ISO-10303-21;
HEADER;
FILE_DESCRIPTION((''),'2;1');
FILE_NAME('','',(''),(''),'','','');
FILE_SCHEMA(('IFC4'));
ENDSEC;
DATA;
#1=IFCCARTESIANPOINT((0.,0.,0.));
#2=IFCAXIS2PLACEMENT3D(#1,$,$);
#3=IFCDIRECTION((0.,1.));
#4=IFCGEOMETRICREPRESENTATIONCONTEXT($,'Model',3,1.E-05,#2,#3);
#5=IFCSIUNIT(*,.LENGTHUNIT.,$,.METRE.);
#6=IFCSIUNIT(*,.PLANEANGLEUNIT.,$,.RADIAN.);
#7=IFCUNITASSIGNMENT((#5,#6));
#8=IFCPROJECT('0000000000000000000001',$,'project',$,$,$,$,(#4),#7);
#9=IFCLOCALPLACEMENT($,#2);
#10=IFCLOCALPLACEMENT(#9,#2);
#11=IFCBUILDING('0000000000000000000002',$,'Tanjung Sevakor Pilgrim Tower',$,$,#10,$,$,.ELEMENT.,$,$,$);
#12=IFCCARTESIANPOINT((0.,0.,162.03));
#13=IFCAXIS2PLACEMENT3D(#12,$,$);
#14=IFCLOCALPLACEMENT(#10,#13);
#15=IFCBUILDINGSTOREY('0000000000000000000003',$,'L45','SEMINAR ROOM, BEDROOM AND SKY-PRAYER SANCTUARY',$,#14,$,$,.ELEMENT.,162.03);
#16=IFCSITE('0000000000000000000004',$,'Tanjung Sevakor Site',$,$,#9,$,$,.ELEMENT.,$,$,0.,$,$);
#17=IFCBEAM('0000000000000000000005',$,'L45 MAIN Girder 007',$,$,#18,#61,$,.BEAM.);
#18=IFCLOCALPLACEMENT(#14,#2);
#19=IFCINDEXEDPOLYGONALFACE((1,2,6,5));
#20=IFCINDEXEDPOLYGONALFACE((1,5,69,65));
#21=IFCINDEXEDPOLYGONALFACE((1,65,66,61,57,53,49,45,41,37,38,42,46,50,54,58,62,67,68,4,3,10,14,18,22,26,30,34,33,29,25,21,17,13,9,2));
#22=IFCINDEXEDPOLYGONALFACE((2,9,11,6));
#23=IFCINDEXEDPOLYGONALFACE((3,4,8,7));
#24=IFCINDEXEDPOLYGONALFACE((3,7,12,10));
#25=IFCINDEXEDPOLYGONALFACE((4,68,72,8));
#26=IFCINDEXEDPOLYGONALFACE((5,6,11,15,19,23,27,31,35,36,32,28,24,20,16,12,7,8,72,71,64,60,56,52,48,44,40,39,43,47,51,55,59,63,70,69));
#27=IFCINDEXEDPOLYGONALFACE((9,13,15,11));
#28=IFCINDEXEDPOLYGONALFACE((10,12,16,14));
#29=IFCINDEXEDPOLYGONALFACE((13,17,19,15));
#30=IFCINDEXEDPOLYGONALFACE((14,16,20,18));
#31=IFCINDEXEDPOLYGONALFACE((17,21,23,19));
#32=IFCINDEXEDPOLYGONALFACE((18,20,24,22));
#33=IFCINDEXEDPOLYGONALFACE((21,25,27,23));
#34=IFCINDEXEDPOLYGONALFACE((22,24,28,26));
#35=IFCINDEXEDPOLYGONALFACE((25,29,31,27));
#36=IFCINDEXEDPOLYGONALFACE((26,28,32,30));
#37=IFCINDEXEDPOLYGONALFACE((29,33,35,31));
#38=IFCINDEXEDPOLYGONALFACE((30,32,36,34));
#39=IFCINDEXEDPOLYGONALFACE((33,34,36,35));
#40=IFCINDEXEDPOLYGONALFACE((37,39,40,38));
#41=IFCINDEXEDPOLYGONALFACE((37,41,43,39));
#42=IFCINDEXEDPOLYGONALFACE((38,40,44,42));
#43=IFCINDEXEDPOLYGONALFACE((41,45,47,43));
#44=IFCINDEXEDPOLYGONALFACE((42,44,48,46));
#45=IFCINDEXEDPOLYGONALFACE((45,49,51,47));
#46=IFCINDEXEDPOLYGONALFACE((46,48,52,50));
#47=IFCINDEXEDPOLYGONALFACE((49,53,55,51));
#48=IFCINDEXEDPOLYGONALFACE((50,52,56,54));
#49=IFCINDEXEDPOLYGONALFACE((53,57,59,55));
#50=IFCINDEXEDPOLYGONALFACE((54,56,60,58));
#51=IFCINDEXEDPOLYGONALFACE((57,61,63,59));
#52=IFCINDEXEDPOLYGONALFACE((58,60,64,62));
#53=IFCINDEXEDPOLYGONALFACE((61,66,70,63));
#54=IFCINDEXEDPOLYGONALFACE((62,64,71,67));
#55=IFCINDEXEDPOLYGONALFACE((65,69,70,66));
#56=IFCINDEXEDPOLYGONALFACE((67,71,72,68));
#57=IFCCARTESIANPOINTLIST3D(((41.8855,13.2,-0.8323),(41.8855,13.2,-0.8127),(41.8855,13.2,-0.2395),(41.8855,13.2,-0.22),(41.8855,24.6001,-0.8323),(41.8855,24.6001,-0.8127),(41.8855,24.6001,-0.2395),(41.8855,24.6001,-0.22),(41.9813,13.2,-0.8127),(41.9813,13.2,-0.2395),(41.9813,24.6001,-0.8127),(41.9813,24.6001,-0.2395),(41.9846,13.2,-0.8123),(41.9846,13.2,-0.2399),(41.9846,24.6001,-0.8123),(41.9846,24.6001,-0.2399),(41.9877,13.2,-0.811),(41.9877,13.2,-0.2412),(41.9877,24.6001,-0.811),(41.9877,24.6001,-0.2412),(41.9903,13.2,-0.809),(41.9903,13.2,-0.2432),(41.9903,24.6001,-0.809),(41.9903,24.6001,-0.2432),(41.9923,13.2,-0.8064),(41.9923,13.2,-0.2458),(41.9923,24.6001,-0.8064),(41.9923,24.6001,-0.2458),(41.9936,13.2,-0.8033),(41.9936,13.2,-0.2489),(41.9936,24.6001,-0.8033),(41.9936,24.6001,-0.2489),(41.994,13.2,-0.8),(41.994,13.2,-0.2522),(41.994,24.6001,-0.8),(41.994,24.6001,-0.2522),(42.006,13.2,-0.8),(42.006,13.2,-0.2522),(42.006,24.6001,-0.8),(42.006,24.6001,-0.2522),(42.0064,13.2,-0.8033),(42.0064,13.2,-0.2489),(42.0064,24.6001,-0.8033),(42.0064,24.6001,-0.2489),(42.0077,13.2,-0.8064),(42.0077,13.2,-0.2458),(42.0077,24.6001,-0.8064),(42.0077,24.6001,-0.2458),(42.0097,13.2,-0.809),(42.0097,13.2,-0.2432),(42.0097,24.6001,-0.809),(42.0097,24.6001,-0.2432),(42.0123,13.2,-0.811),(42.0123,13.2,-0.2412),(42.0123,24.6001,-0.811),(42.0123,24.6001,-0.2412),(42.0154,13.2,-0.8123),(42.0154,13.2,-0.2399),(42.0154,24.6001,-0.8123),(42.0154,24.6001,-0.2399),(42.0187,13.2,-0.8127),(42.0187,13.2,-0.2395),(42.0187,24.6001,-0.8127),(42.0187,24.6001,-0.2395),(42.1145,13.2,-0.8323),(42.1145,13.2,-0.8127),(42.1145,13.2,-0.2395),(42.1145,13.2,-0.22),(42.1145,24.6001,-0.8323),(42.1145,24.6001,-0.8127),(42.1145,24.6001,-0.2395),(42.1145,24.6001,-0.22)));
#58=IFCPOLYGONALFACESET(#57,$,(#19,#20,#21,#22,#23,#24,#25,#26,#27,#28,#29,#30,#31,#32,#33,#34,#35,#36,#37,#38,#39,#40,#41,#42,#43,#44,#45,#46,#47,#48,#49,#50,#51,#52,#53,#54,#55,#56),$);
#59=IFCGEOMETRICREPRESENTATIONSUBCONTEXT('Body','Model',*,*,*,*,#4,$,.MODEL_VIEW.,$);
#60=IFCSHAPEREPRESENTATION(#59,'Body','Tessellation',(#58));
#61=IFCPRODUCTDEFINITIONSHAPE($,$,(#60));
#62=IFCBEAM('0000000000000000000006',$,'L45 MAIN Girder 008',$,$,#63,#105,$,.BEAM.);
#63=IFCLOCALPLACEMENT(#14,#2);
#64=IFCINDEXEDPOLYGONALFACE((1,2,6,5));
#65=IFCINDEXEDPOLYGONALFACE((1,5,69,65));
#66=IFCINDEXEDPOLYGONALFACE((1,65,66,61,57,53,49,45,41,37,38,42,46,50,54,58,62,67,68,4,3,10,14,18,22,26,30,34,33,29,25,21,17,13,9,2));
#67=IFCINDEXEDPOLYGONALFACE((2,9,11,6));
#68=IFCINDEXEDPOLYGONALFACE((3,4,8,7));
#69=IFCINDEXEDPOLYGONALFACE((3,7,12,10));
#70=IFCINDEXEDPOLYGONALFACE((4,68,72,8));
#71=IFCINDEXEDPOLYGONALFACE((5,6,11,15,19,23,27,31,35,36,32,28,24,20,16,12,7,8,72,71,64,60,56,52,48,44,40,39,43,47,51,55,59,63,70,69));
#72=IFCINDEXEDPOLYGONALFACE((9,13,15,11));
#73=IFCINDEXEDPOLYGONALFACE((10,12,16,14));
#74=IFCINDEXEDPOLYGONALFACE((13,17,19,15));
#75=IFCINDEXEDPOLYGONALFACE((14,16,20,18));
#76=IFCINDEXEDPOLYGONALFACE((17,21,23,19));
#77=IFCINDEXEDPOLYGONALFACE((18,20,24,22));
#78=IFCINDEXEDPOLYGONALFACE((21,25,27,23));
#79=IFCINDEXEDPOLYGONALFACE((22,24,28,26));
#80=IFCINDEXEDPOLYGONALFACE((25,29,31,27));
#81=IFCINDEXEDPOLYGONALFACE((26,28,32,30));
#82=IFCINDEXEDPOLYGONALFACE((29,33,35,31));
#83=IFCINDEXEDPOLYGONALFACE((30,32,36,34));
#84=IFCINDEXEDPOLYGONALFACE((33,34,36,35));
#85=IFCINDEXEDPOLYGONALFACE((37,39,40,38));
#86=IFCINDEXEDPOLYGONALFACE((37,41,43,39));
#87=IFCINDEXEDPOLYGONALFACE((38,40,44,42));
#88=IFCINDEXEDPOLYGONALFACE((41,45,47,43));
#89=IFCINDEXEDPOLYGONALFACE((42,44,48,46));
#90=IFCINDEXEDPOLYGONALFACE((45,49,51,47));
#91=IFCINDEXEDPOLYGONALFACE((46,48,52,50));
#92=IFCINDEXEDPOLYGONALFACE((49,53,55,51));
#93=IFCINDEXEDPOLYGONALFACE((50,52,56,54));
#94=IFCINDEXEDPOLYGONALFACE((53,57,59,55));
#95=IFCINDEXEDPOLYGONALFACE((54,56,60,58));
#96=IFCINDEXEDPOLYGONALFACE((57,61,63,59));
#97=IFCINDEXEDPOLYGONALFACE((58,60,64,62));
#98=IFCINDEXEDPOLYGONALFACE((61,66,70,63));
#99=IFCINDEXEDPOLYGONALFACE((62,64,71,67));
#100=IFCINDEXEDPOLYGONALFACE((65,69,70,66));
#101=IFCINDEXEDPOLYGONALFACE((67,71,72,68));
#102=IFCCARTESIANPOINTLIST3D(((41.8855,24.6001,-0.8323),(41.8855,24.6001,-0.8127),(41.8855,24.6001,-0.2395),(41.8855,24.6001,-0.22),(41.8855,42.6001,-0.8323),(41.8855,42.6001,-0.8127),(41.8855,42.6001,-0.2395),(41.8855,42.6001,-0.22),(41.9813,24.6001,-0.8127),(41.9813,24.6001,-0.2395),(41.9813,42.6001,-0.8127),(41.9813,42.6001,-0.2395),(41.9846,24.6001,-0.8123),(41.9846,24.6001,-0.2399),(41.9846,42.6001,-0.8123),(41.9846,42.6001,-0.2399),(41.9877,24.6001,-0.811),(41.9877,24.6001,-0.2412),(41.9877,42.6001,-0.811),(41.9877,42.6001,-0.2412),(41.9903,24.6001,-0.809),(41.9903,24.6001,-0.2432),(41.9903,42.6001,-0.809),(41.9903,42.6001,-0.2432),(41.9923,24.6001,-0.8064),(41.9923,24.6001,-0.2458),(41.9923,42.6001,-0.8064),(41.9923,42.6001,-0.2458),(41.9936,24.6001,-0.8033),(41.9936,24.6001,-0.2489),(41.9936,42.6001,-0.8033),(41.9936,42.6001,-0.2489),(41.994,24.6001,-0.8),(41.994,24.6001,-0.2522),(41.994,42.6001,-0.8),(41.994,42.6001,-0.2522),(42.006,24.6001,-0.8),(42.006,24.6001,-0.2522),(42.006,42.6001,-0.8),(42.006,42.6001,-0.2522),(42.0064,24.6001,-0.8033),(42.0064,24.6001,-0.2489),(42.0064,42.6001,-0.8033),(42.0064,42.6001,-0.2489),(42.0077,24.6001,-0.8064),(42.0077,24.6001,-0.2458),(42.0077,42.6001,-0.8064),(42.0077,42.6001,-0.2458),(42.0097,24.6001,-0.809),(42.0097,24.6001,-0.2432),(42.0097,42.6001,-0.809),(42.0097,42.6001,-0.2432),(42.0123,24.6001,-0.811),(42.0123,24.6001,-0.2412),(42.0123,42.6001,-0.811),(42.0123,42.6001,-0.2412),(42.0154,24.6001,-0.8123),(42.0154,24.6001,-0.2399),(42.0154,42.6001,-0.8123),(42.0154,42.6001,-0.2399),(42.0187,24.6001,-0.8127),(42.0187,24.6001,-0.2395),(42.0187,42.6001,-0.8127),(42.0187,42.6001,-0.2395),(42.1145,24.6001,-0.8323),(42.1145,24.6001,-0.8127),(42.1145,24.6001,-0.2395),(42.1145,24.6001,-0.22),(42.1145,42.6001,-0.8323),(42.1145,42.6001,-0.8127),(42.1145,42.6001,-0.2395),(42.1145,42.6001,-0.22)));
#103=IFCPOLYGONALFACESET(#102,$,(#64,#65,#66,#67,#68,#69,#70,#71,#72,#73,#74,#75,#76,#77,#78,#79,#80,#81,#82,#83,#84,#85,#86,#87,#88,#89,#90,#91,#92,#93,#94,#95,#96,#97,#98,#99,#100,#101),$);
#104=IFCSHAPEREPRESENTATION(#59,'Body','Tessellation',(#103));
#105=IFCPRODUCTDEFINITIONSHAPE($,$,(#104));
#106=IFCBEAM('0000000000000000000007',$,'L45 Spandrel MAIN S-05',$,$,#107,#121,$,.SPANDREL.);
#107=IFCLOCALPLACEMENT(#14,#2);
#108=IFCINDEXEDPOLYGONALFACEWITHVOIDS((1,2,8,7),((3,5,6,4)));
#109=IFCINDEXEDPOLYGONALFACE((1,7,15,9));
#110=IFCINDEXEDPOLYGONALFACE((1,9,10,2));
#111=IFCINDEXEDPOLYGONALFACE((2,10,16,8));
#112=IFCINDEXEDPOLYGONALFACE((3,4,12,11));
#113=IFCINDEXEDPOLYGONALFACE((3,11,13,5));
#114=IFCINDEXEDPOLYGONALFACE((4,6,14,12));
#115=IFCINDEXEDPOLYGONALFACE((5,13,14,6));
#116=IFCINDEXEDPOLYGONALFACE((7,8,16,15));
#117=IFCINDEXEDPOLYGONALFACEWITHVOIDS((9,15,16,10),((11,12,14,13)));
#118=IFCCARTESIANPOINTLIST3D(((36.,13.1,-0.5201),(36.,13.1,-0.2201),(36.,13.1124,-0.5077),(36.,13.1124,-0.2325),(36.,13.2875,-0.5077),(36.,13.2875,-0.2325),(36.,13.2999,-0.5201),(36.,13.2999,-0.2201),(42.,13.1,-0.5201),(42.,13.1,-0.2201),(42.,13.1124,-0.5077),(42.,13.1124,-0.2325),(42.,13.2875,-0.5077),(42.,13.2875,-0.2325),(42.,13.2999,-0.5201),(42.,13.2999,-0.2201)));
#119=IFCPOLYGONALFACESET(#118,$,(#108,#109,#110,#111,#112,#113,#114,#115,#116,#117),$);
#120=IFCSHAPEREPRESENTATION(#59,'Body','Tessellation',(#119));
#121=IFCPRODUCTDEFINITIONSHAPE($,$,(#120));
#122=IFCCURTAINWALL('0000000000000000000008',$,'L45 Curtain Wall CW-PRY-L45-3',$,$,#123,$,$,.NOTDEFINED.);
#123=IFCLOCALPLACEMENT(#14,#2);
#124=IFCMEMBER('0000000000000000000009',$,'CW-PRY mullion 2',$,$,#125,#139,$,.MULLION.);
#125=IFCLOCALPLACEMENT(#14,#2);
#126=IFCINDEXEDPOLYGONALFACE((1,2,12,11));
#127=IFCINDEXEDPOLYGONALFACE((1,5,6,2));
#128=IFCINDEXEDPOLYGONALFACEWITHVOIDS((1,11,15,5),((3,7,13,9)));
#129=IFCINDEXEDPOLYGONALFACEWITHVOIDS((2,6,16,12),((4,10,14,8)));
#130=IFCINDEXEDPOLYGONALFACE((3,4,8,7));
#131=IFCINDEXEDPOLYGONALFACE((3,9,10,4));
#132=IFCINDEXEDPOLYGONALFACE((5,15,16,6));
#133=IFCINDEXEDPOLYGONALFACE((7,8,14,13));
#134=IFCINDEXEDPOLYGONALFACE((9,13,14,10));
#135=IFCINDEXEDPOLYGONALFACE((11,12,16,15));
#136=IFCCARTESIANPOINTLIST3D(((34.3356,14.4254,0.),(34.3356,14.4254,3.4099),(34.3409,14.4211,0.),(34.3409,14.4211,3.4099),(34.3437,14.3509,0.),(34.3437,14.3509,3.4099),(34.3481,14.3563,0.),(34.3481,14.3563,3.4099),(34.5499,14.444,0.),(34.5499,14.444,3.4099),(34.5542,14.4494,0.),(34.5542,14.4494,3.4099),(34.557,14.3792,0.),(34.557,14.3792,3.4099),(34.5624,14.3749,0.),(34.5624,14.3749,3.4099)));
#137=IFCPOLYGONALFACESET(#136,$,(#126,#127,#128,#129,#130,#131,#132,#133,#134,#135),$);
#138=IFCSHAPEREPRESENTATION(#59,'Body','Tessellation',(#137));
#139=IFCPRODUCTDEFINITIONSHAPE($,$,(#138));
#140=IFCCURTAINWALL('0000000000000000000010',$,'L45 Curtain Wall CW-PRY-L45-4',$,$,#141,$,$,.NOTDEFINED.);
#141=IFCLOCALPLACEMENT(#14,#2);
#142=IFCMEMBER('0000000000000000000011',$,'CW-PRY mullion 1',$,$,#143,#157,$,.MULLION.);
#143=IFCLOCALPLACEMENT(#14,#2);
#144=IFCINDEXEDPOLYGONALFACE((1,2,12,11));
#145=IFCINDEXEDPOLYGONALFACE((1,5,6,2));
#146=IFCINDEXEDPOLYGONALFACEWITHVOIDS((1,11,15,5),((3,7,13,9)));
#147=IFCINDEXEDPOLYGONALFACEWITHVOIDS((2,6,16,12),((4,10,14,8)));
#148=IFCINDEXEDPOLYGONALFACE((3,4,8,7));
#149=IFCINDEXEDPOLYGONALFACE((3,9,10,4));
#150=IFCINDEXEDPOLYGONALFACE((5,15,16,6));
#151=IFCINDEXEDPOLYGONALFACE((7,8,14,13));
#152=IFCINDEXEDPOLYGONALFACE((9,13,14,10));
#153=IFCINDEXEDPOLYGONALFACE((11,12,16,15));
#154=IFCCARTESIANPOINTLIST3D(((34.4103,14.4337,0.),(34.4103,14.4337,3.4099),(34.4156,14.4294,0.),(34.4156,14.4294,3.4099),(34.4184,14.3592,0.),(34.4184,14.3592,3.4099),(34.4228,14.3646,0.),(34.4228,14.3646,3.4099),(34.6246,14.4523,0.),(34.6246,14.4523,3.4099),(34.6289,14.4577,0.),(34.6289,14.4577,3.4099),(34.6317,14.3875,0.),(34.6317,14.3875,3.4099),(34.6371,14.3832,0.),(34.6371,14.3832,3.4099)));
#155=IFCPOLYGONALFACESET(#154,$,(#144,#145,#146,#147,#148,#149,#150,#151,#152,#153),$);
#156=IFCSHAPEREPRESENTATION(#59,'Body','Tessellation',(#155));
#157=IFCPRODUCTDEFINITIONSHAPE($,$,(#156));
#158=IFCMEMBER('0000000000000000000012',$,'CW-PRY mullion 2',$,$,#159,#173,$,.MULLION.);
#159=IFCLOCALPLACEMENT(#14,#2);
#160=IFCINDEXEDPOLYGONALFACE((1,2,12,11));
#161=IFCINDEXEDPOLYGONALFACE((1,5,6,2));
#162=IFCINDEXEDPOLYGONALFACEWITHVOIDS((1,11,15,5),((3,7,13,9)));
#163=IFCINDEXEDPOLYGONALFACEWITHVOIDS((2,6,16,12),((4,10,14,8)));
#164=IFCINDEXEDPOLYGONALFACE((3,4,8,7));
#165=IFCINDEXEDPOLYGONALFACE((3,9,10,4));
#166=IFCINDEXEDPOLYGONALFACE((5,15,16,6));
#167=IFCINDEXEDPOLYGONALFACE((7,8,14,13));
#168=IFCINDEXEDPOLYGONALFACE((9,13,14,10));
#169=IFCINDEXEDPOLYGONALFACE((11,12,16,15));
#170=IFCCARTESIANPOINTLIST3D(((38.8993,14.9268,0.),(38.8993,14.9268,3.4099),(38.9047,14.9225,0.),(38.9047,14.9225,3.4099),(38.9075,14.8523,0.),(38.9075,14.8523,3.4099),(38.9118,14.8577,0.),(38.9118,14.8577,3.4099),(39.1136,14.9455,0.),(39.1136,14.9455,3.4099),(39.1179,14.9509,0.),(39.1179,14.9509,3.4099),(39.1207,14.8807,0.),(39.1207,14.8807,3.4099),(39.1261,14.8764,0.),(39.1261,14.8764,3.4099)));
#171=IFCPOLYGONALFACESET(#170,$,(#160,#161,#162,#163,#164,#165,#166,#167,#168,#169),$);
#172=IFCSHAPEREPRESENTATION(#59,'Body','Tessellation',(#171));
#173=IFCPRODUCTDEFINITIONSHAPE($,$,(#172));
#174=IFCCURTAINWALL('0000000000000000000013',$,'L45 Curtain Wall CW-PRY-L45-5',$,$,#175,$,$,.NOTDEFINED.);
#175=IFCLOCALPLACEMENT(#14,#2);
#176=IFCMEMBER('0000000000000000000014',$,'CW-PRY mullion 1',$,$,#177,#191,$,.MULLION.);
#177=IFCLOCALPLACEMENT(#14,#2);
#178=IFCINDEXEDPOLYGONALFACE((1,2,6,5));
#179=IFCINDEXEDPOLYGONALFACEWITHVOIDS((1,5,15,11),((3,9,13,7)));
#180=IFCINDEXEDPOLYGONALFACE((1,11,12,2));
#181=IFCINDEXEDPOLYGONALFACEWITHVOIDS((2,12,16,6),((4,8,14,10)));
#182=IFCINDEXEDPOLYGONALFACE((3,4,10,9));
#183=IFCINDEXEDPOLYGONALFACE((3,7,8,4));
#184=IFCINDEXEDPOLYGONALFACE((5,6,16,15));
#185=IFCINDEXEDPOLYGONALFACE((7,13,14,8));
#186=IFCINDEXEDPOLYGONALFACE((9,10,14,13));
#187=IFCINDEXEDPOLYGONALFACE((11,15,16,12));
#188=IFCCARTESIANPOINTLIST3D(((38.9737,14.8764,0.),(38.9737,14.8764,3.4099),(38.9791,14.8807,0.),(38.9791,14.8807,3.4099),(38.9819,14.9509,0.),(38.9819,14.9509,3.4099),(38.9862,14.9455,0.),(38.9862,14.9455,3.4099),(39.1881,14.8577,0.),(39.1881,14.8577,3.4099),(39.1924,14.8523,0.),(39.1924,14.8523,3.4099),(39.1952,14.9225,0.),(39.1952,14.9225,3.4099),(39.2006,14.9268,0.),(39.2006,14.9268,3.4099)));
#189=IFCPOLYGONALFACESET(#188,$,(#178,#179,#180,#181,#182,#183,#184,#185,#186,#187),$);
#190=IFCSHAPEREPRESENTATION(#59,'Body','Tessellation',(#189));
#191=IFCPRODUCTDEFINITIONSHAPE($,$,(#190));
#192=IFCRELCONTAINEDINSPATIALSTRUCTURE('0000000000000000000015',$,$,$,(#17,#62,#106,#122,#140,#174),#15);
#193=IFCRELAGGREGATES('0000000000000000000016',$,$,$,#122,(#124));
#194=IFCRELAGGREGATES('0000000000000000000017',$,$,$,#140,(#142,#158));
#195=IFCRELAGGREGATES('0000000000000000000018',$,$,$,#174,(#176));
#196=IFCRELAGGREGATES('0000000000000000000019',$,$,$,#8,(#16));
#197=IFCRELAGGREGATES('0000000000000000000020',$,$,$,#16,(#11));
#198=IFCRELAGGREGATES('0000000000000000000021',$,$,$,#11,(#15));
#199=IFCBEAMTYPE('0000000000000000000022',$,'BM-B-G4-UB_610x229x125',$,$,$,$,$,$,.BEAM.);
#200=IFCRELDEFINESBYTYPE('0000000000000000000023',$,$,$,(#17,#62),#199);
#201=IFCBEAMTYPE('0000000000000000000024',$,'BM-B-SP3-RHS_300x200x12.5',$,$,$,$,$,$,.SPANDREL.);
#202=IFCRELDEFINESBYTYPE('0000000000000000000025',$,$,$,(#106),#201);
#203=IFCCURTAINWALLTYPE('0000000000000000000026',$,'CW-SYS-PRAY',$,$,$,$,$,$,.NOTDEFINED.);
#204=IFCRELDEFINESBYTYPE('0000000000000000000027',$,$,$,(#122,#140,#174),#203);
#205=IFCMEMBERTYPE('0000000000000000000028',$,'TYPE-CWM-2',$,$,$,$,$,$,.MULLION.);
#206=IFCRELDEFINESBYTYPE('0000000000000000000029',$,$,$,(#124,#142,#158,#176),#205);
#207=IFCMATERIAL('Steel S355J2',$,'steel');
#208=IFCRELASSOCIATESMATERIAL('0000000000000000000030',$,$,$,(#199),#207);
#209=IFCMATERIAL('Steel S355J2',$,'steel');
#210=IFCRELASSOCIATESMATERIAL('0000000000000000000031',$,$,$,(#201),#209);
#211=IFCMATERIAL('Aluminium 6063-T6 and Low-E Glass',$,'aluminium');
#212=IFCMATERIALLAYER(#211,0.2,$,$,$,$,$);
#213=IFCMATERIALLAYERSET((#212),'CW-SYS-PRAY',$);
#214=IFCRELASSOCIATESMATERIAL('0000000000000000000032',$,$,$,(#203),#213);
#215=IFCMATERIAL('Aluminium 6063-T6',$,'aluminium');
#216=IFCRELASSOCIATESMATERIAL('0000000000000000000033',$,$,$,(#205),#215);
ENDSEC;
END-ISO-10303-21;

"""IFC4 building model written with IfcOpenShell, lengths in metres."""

from ifc_helpers import new_model, si_unit, direction, frame, origin, origin_2d, place, context, subcontext, project, spatial, hollow_rectangle, i_section, extrude, material, layer, layer_set, material_profile, profile_set, type_object, element, aggregate, save


model = new_model("IFC4")

# Units and contexts
model_context = context("Model", 3, precision=1e-05, world=origin(), true_north=direction((0.0, 1.0)))
body_context = subcontext(model_context, "Body", "Model", "MODEL_VIEW")
ifc_project = project(units=[si_unit("LENGTHUNIT", "METRE"), si_unit("PLANEANGLEUNIT", "RADIAN")], contexts=[model_context])

# Site, building, storey
site_placement = place(None, origin())
site = spatial("IfcSite", under=ifc_project, at=site_placement, Name="Tanjung Sevakor Site", CompositionType="ELEMENT", RefElevation=0.0)
building_placement = place(site_placement, origin())
building = spatial("IfcBuilding", under=site, at=building_placement, Name="Tanjung Sevakor Pilgrim Tower", CompositionType="ELEMENT")
storey_placement = place(building_placement, frame((0.0, 0.0, 162.03)))
storey = spatial("IfcBuildingStorey", under=building, at=storey_placement, Name="L45", Description="SEMINAR ROOM, BEDROOM AND SKY-PRAYER SANCTUARY", CompositionType="ELEMENT", Elevation=162.03)

# Beams
ifc_material_1 = material(Name="Steel S355J2", Category="steel")
ifc_material_profile_1 = material_profile(ifc_material_1, i_section(OverallWidth=0.229, OverallDepth=0.6123, WebThickness=0.012, FlangeThickness=0.0195, FilletRadius=0.0127, at=origin_2d()))
ifc_profile_set_1 = profile_set([ifc_material_profile_1], Name="Steel S355J2")
beam_type_1 = type_object("IfcBeamType", Name="BM-B-G4-UB_610x229x125", PredefinedType="BEAM", material=ifc_profile_set_1)
beam_1_placement = place(storey_placement, frame((42.0, 13.2, -0.5261), z_axis=(0.0, 1.0, 0.0), x_axis=(-1.0, 0.0, 0.0)))
element("IfcBeam", 1, at=beam_1_placement, inside=storey, type_object=beam_type_1, Name="L45 MAIN Girder 007", PredefinedType="BEAM", context=body_context, shape_type="SweptSolid", body=[
    extrude(i_section(OverallWidth=0.229, OverallDepth=0.6123, WebThickness=0.012, FlangeThickness=0.0195, FilletRadius=0.0127, at=origin_2d()), origin(), (0.0, 0.0, 1.0), 11.4001),
])
beam_2_placement = place(storey_placement, frame((42.0, 24.6001, -0.5261), z_axis=(0.0, 1.0, 0.0), x_axis=(-1.0, 0.0, 0.0)))
element("IfcBeam", 2, at=beam_2_placement, inside=storey, type_object=beam_type_1, Name="L45 MAIN Girder 008", PredefinedType="BEAM", context=body_context, shape_type="SweptSolid", body=[
    extrude(i_section(OverallWidth=0.229, OverallDepth=0.6123, WebThickness=0.012, FlangeThickness=0.0195, FilletRadius=0.0127, at=origin_2d()), origin(), (0.0, 0.0, 1.0), 18.0),
])
ifc_material_2 = material(Name="Steel S355J2", Category="steel")
ifc_material_profile_2 = material_profile(ifc_material_2, hollow_rectangle(XDim=0.2, YDim=0.3, WallThickness=0.0125, at=origin_2d()))
ifc_profile_set_2 = profile_set([ifc_material_profile_2], Name="Steel S355J2")
beam_type_2 = type_object("IfcBeamType", Name="BM-B-SP3-RHS_300x200x12.5", PredefinedType="SPANDREL", material=ifc_profile_set_2)
beam_3_placement = place(storey_placement, frame((36.0, 13.2, -0.3701), z_axis=(1.0, 0.0, 0.0), x_axis=(0.0, 1.0, 0.0)))
element("IfcBeam", 3, at=beam_3_placement, inside=storey, type_object=beam_type_2, Name="L45 Spandrel MAIN S-05", PredefinedType="SPANDREL", context=body_context, shape_type="SweptSolid", body=[
    extrude(hollow_rectangle(XDim=0.2, YDim=0.3, WallThickness=0.0125, at=origin_2d()), origin(), (0.0, 0.0, 1.0), 6.0),
])

# Curtain wall, member
ifc_material_3 = material(Name="Aluminium 6063-T6 and Low-E Glass", Category="aluminium")
ifc_layer_1 = layer(ifc_material_3, 0.2)
ifc_layer_set_1 = layer_set([ifc_layer_1], Name="CW-SYS-PRAY")
curtain_wall_type = type_object("IfcCurtainWallType", Name="CW-SYS-PRAY", PredefinedType="NOTDEFINED", material=ifc_layer_set_1)
curtain_wall_1_placement = place(storey_placement, origin())
curtain_wall_1 = element("IfcCurtainWall", 4, at=curtain_wall_1_placement, inside=storey, type_object=curtain_wall_type, Name="L45 Curtain Wall CW-PRY-L45-3", PredefinedType="NOTDEFINED")
ifc_material_4 = material(Name="Aluminium 6063-T6", Category="aluminium")
ifc_material_profile_3 = material_profile(ifc_material_4, hollow_rectangle(XDim=0.075, YDim=0.22, WallThickness=0.0049, at=origin_2d()))
ifc_profile_set_3 = profile_set([ifc_material_profile_3], Name="Aluminium 6063-T6")
member_type_1 = type_object("IfcMemberType", Name="TYPE-CWM-2", PredefinedType="MULLION", material=ifc_profile_set_3)
member_1_placement = place(storey_placement, frame((34.449, 14.4001, 0.0), z_axis=(0.0, 0.0, 1.0), x_axis=(-0.109234, 0.994016, 0.0)))
member_1 = element("IfcMember", 5, at=member_1_placement, type_object=member_type_1, Name="CW-PRY mullion 2", PredefinedType="MULLION", context=body_context, shape_type="SweptSolid", body=[
    extrude(hollow_rectangle(XDim=0.075, YDim=0.22, WallThickness=0.0049, at=origin_2d()), origin(), (0.0, 0.0, 1.0), 3.4099),
])
aggregate(curtain_wall_1, [member_1])

# Curtain walls, members
curtain_wall_2_placement = place(storey_placement, origin())
curtain_wall_2 = element("IfcCurtainWall", 6, at=curtain_wall_2_placement, inside=storey, type_object=curtain_wall_type, Name="L45 Curtain Wall CW-PRY-L45-4", PredefinedType="NOTDEFINED")
member_2_placement = place(storey_placement, frame((34.5237, 14.4084, 0.0), z_axis=(0.0, 0.0, 1.0), x_axis=(-0.109231, 0.994016, 0.0)))
member_2 = element("IfcMember", 7, at=member_2_placement, type_object=member_type_1, Name="CW-PRY mullion 1", PredefinedType="MULLION", context=body_context, shape_type="SweptSolid", body=[
    extrude(hollow_rectangle(XDim=0.075, YDim=0.22, WallThickness=0.0049, at=origin_2d()), origin(), (0.0, 0.0, 1.0), 3.4099),
])
member_3_placement = place(storey_placement, frame((39.0127, 14.9016, 0.0), z_axis=(0.0, 0.0, 1.0), x_axis=(-0.109231, 0.994016, 0.0)))
member_3 = element("IfcMember", 8, at=member_3_placement, type_object=member_type_1, Name="CW-PRY mullion 2", PredefinedType="MULLION", context=body_context, shape_type="SweptSolid", body=[
    extrude(hollow_rectangle(XDim=0.075, YDim=0.22, WallThickness=0.0049, at=origin_2d()), origin(), (0.0, 0.0, 1.0), 3.4099),
])
curtain_wall_3_placement = place(storey_placement, origin())
curtain_wall_3 = element("IfcCurtainWall", 9, at=curtain_wall_3_placement, inside=storey, type_object=curtain_wall_type, Name="L45 Curtain Wall CW-PRY-L45-5", PredefinedType="NOTDEFINED")
member_4_placement = place(storey_placement, frame((39.0872, 14.9016, 0.0), z_axis=(0.0, 0.0, 1.0), x_axis=(0.109241, 0.994015, 0.0)))
member_4 = element("IfcMember", 10, at=member_4_placement, type_object=member_type_1, Name="CW-PRY mullion 1", PredefinedType="MULLION", context=body_context, shape_type="SweptSolid", body=[
    extrude(hollow_rectangle(XDim=0.075, YDim=0.22, WallThickness=0.0049, at=origin_2d()), origin(), (0.0, 0.0, 1.0), 3.4099),
])

aggregate(curtain_wall_2, [member_2, member_3])
aggregate(curtain_wall_3, [member_4])

save(model, "model.ifc")
